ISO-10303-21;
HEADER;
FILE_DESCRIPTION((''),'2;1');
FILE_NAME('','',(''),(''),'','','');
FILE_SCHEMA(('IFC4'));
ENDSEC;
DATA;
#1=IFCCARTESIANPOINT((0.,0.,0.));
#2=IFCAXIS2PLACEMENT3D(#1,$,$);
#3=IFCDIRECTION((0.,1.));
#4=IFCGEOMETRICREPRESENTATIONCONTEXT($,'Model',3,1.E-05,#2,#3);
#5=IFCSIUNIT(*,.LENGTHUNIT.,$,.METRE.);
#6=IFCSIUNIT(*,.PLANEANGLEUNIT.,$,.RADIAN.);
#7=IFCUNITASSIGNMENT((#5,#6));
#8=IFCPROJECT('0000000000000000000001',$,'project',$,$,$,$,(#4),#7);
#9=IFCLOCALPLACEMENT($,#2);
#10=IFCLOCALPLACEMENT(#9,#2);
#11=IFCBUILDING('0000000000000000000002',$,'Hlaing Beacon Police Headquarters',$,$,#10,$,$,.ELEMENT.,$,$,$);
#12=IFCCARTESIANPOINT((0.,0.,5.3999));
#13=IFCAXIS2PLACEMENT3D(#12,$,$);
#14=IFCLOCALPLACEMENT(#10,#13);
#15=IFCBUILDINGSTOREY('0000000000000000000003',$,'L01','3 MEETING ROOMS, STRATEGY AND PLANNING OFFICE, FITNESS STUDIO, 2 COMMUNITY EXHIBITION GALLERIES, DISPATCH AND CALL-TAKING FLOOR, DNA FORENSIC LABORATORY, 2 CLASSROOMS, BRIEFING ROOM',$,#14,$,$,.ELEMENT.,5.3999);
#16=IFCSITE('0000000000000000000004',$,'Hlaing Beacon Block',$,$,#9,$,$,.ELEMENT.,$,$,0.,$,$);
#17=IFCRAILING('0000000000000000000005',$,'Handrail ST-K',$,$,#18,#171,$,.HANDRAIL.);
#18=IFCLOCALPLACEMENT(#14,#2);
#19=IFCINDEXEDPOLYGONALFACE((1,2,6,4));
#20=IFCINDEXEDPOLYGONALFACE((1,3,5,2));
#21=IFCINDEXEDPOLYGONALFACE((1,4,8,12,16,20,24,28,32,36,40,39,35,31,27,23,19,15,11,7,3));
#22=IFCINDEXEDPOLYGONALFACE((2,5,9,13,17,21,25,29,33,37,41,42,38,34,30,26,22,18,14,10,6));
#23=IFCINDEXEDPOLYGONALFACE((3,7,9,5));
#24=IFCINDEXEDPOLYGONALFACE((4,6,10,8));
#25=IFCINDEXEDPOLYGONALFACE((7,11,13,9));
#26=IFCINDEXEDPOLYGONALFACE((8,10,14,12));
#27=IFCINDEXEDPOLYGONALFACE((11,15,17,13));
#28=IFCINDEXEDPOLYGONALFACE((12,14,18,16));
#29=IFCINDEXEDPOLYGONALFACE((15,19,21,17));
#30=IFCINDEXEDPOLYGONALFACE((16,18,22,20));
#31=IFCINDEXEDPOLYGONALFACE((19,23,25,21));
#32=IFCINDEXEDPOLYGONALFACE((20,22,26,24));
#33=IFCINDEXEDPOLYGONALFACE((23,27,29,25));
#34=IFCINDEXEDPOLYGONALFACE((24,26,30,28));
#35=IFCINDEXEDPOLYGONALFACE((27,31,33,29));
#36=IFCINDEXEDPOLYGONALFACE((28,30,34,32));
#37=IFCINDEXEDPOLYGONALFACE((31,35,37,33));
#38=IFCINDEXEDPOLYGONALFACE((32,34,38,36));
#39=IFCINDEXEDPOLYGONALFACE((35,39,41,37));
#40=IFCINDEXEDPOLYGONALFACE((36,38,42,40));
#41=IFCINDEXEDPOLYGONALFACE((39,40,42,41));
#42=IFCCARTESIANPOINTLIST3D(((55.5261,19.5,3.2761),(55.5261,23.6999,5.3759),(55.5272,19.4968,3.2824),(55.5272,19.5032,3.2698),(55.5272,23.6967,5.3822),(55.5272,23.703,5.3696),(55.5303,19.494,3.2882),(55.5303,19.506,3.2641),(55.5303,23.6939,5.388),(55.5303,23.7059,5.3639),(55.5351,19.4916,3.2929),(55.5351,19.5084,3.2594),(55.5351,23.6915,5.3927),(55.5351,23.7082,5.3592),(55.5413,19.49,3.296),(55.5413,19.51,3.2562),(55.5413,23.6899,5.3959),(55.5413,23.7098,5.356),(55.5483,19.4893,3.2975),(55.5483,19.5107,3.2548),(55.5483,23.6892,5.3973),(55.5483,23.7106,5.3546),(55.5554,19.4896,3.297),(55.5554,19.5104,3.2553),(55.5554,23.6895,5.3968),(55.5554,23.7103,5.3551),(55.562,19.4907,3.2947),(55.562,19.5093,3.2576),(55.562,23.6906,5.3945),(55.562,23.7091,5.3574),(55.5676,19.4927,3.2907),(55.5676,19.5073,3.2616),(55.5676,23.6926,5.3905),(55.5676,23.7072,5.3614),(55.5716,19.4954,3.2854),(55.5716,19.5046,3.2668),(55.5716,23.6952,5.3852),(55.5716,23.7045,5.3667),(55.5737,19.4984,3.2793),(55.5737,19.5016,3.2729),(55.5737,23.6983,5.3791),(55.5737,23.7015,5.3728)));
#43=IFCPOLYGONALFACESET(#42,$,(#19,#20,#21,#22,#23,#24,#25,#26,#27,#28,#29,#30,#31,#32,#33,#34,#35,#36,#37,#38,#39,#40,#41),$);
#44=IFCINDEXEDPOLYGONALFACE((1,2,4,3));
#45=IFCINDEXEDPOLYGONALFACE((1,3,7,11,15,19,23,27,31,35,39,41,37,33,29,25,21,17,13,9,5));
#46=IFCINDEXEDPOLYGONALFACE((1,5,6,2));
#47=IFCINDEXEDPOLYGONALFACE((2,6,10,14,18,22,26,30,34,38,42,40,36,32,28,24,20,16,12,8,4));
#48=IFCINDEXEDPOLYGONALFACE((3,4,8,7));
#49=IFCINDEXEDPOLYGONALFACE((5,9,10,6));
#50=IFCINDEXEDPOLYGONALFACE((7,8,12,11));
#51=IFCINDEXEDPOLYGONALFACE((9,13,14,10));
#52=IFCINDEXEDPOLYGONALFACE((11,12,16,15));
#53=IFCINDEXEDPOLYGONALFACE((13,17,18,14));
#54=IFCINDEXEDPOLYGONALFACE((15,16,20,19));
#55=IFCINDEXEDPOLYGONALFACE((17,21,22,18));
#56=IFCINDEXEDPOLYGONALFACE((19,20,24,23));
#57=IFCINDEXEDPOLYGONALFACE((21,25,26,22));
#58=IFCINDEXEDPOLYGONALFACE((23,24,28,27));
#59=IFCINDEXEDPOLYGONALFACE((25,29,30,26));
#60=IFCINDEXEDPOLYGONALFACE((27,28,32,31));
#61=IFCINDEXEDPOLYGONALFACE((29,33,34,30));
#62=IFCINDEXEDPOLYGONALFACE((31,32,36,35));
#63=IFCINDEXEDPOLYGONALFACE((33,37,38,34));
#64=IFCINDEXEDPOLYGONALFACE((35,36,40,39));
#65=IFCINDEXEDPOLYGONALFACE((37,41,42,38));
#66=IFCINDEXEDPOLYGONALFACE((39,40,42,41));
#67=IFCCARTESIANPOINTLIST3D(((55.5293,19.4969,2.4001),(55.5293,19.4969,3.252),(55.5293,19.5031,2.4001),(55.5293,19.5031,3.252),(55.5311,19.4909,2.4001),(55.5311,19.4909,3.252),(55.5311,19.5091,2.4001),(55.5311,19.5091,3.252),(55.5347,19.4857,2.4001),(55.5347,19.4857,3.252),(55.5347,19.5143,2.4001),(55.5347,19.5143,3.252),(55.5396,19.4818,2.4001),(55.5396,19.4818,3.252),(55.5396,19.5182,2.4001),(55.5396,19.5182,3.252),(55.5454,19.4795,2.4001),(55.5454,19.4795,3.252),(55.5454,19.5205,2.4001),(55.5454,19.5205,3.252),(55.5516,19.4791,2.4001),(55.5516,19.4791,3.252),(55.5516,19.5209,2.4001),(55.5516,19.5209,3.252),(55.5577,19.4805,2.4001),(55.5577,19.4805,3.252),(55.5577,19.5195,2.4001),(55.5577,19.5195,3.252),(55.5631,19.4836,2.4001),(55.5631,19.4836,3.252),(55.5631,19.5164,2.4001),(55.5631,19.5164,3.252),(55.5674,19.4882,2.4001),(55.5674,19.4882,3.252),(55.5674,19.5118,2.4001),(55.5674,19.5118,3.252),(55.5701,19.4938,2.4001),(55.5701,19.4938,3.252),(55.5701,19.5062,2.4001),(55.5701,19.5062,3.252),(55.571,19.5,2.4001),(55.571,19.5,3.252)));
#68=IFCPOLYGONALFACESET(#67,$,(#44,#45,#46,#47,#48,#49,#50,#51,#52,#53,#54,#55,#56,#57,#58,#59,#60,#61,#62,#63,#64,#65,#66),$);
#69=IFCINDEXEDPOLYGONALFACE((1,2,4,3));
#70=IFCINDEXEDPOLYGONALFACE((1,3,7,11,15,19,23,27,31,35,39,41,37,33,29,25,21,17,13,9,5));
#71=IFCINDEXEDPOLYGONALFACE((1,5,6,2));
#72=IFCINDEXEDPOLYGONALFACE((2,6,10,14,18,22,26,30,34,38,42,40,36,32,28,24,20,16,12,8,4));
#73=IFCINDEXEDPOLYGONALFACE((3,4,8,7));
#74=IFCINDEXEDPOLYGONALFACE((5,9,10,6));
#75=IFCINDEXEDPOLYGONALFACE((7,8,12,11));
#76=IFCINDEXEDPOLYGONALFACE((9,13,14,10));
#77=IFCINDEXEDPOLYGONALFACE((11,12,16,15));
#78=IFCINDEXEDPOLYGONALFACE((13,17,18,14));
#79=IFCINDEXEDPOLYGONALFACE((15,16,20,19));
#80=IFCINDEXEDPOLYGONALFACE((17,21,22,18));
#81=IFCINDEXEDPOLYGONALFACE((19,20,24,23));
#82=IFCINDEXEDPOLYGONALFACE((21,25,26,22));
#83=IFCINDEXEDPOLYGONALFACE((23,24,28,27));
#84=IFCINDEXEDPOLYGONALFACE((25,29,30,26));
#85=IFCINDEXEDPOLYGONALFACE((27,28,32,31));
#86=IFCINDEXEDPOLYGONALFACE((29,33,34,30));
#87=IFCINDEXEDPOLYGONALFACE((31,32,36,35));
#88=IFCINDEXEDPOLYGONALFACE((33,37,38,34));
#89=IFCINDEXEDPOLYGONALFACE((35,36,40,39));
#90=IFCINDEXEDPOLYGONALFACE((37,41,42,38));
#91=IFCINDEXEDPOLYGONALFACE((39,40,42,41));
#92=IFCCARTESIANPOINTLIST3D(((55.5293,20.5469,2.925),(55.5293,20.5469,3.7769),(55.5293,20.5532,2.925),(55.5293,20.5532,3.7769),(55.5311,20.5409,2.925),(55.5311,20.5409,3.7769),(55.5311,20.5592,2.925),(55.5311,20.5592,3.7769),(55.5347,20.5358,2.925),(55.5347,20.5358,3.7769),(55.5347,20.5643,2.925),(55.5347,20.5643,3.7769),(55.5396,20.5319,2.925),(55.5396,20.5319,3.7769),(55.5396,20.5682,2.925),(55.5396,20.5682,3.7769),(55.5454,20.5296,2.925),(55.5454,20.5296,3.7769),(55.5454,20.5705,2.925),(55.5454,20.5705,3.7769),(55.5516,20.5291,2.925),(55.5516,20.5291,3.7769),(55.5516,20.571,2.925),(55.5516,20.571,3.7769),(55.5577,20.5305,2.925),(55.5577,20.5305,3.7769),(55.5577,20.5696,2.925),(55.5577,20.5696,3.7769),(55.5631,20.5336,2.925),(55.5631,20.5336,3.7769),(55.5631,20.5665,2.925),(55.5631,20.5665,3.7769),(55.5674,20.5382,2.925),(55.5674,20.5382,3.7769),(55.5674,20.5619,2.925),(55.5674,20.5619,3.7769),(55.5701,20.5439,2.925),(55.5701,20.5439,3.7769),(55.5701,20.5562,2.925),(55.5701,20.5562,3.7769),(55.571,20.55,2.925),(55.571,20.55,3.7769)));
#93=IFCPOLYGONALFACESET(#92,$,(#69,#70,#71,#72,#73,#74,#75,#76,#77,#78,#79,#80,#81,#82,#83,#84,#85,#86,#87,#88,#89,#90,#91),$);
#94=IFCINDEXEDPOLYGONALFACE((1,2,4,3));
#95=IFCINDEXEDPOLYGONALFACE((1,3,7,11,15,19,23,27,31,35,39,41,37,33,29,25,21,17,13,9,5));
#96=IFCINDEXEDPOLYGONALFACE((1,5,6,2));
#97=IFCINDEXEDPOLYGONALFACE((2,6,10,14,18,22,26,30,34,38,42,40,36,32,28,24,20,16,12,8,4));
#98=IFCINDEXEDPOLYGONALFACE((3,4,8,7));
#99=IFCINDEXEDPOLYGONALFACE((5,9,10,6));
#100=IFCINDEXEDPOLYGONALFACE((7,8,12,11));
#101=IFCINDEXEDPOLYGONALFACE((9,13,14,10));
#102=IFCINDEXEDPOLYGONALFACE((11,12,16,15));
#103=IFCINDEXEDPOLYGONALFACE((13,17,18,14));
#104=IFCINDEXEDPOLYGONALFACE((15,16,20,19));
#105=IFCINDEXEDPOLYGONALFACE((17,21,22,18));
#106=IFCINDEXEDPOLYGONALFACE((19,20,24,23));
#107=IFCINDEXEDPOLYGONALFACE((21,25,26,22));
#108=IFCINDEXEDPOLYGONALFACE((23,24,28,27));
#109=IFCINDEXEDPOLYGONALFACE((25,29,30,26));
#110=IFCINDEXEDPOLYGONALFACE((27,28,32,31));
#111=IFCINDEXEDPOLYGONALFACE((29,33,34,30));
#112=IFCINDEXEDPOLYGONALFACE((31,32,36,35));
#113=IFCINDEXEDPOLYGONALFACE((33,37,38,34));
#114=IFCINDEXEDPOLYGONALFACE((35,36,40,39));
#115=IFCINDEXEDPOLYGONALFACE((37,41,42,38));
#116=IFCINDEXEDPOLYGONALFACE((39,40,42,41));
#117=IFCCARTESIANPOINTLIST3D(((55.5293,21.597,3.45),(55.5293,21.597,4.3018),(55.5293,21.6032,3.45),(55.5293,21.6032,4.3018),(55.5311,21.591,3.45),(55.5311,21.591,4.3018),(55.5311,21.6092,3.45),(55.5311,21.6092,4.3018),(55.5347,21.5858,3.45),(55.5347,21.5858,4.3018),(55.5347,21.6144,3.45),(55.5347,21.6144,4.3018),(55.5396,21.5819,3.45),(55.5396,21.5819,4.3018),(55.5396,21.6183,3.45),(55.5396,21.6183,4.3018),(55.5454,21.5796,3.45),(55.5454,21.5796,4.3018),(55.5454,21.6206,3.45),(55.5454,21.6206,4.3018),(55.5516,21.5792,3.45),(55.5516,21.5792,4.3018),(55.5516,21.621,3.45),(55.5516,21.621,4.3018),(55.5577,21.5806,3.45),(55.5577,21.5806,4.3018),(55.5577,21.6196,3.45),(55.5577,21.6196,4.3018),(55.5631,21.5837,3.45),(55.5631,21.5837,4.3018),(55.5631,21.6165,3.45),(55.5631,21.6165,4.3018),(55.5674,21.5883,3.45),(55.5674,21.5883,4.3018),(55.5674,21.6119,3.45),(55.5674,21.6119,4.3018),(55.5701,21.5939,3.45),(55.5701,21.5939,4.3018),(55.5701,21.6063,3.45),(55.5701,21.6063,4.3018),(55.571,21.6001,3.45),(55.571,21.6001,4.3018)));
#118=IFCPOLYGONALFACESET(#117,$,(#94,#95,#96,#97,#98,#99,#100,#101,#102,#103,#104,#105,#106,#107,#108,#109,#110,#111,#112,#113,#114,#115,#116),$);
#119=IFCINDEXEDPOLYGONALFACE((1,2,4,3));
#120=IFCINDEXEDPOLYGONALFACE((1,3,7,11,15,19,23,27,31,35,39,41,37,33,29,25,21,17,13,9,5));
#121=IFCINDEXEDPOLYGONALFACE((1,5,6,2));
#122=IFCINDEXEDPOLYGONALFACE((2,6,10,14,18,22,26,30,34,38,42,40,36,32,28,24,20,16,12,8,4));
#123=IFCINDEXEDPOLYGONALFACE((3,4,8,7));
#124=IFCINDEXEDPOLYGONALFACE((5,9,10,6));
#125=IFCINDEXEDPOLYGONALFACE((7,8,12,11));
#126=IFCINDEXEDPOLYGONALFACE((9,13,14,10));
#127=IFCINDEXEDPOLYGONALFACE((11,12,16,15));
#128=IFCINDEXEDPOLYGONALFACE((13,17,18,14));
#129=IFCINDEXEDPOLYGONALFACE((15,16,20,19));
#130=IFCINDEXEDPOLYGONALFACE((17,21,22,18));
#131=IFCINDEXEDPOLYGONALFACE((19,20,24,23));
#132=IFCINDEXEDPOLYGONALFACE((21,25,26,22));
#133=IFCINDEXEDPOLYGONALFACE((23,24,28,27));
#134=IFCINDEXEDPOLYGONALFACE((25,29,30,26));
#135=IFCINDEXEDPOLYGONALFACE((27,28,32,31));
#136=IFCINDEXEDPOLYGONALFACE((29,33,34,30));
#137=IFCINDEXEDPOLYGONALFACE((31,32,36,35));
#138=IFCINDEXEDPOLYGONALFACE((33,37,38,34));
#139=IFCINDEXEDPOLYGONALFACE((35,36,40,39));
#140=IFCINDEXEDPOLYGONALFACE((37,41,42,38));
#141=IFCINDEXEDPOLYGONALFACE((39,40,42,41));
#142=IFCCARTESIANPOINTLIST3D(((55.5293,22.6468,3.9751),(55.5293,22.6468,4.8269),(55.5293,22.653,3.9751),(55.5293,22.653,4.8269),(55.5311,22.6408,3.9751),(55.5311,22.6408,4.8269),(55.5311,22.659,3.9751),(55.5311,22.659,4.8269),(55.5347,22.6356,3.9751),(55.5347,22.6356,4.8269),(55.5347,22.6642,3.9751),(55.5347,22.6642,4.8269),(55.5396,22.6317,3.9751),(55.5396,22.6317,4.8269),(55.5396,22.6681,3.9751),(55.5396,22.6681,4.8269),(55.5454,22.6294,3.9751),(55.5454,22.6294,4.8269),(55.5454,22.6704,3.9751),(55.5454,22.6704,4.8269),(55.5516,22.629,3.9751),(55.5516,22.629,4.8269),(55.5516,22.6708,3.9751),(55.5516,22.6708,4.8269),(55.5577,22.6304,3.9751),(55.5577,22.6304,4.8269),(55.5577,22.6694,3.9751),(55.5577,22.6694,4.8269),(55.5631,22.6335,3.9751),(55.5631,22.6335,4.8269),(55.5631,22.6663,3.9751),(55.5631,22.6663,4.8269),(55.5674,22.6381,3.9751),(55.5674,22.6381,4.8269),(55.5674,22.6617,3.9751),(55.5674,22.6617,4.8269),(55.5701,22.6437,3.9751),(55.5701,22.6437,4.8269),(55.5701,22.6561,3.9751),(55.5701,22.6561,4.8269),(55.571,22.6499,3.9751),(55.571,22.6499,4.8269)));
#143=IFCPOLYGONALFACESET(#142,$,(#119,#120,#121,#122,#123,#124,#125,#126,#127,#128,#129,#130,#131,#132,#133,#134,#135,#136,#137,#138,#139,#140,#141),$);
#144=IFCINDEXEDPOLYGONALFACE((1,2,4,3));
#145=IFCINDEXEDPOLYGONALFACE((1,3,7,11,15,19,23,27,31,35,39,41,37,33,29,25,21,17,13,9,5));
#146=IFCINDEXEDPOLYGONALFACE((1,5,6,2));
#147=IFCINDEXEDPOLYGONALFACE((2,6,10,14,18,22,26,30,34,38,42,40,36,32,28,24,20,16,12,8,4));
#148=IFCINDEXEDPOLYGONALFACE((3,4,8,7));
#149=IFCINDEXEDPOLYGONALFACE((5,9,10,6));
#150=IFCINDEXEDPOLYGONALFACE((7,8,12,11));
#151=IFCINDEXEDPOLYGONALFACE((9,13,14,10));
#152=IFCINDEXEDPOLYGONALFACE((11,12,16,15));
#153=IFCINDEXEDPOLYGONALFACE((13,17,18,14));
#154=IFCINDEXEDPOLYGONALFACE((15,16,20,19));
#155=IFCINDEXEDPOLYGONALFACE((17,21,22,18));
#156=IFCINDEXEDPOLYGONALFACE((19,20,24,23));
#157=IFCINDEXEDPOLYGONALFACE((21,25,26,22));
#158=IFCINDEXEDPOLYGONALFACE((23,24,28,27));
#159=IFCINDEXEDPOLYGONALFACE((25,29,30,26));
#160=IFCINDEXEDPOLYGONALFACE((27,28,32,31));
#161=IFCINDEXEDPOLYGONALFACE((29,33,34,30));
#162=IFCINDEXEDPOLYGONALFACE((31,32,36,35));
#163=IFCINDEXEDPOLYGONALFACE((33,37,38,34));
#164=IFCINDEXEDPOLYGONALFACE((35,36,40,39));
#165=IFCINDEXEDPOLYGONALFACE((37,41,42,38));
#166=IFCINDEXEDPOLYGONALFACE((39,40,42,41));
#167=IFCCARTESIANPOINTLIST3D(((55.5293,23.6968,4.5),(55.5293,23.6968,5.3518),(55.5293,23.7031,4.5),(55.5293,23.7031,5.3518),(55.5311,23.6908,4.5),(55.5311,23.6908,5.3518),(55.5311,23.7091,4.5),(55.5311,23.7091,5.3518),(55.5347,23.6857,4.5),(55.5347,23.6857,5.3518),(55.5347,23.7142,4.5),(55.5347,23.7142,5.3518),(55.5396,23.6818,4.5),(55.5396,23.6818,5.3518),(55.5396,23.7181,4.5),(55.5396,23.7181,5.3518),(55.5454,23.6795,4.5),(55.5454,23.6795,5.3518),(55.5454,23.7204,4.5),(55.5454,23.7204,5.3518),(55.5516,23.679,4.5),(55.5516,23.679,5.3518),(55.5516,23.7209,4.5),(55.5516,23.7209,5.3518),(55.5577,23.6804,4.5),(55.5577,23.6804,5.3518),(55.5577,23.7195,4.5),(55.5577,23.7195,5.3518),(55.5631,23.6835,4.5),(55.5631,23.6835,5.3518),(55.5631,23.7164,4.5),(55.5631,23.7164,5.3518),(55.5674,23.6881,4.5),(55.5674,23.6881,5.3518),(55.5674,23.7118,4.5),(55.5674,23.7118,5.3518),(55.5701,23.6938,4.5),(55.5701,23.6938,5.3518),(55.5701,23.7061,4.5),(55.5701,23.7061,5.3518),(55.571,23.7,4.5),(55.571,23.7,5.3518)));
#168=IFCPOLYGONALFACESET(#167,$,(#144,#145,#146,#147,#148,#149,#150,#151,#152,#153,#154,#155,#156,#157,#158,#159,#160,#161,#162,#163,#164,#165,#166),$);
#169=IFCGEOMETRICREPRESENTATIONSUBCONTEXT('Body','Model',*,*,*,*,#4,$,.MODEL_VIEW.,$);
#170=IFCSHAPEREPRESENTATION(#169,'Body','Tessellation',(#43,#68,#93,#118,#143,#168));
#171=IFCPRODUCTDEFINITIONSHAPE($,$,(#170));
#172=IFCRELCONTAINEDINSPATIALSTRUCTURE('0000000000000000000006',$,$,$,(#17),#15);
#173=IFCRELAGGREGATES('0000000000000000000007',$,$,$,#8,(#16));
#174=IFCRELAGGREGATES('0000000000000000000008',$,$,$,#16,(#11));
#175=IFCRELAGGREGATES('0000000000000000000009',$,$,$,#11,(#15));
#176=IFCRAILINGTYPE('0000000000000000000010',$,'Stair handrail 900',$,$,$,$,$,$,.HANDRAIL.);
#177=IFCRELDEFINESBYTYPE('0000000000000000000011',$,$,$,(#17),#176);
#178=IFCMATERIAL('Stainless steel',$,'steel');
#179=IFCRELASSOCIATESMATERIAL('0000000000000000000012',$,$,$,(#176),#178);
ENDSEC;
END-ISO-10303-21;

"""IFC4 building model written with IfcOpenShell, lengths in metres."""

from ifc_helpers import new_model, si_unit, direction, frame, origin, origin_2d, place, context, subcontext, project, spatial, circle, extrude, material, type_object, element, save


model = new_model("IFC4")

# Units and contexts
model_context = context("Model", 3, precision=1e-05, world=origin(), true_north=direction((0.0, 1.0)))
body_context = subcontext(model_context, "Body", "Model", "MODEL_VIEW")
ifc_project = project(units=[si_unit("LENGTHUNIT", "METRE"), si_unit("PLANEANGLEUNIT", "RADIAN")], contexts=[model_context])

# Site, building, storey
site_placement = place(None, origin())
site = spatial("IfcSite", under=ifc_project, at=site_placement, Name="Hlaing Beacon Block", CompositionType="ELEMENT", RefElevation=0.0)
building_placement = place(site_placement, origin())
building = spatial("IfcBuilding", under=site, at=building_placement, Name="Hlaing Beacon Police Headquarters", CompositionType="ELEMENT")
storey_placement = place(building_placement, frame((0.0, 0.0, 5.3999)))
storey = spatial("IfcBuildingStorey", under=building, at=storey_placement, Name="L01", Description="3 MEETING ROOMS, STRATEGY AND PLANNING OFFICE, FITNESS STUDIO, 2 COMMUNITY EXHIBITION GALLERIES, DISPATCH AND CALL-TAKING FLOOR, DNA FORENSIC LABORATORY, 2 CLASSROOMS, BRIEFING ROOM", CompositionType="ELEMENT", Elevation=5.3999)

# Railing
ifc_material_1 = material(Name="Stainless steel", Category="steel")
railing_type_1 = type_object("IfcRailingType", Name="Stair handrail 900", PredefinedType="HANDRAIL", material=ifc_material_1)
for number, where, name in (
    (1, (55.55, 19.5, 2.4001), "Handrail ST-K"),
):
    element("IfcRailing", number, at=place(storey_placement, frame(where)), inside=storey, type_object=railing_type_1, Name=name, PredefinedType="HANDRAIL", context=body_context, shape_type="SweptSolid", body=[
        extrude(circle(Radius=0.0239, at=origin_2d()), frame((0.0, 0.0, 0.876), z_axis=(0.0, 0.894438, 0.447193), x_axis=(-1.0, 0.0, 0.0)), (0.0, 0.0, 1.0), 4.6956),
        extrude(circle(Radius=0.021, at=origin_2d()), origin(), (0.0, 0.0, 1.0), 0.8518),
        extrude(circle(Radius=0.021, at=origin_2d()), frame((0.0, 1.05, 0.5249)), (0.0, 0.0, 1.0), 0.8518),
        extrude(circle(Radius=0.021, at=origin_2d()), frame((0.0, 2.1001, 1.0498)), (0.0, 0.0, 1.0), 0.8518),
        extrude(circle(Radius=0.021, at=origin_2d()), frame((0.0, 3.1499, 1.575)), (0.0, 0.0, 1.0), 0.8518),
        extrude(circle(Radius=0.021, at=origin_2d()), frame((0.0, 4.2, 2.0999)), (0.0, 0.0, 1.0), 0.8518),
    ])

save(model, "model.ifc")
